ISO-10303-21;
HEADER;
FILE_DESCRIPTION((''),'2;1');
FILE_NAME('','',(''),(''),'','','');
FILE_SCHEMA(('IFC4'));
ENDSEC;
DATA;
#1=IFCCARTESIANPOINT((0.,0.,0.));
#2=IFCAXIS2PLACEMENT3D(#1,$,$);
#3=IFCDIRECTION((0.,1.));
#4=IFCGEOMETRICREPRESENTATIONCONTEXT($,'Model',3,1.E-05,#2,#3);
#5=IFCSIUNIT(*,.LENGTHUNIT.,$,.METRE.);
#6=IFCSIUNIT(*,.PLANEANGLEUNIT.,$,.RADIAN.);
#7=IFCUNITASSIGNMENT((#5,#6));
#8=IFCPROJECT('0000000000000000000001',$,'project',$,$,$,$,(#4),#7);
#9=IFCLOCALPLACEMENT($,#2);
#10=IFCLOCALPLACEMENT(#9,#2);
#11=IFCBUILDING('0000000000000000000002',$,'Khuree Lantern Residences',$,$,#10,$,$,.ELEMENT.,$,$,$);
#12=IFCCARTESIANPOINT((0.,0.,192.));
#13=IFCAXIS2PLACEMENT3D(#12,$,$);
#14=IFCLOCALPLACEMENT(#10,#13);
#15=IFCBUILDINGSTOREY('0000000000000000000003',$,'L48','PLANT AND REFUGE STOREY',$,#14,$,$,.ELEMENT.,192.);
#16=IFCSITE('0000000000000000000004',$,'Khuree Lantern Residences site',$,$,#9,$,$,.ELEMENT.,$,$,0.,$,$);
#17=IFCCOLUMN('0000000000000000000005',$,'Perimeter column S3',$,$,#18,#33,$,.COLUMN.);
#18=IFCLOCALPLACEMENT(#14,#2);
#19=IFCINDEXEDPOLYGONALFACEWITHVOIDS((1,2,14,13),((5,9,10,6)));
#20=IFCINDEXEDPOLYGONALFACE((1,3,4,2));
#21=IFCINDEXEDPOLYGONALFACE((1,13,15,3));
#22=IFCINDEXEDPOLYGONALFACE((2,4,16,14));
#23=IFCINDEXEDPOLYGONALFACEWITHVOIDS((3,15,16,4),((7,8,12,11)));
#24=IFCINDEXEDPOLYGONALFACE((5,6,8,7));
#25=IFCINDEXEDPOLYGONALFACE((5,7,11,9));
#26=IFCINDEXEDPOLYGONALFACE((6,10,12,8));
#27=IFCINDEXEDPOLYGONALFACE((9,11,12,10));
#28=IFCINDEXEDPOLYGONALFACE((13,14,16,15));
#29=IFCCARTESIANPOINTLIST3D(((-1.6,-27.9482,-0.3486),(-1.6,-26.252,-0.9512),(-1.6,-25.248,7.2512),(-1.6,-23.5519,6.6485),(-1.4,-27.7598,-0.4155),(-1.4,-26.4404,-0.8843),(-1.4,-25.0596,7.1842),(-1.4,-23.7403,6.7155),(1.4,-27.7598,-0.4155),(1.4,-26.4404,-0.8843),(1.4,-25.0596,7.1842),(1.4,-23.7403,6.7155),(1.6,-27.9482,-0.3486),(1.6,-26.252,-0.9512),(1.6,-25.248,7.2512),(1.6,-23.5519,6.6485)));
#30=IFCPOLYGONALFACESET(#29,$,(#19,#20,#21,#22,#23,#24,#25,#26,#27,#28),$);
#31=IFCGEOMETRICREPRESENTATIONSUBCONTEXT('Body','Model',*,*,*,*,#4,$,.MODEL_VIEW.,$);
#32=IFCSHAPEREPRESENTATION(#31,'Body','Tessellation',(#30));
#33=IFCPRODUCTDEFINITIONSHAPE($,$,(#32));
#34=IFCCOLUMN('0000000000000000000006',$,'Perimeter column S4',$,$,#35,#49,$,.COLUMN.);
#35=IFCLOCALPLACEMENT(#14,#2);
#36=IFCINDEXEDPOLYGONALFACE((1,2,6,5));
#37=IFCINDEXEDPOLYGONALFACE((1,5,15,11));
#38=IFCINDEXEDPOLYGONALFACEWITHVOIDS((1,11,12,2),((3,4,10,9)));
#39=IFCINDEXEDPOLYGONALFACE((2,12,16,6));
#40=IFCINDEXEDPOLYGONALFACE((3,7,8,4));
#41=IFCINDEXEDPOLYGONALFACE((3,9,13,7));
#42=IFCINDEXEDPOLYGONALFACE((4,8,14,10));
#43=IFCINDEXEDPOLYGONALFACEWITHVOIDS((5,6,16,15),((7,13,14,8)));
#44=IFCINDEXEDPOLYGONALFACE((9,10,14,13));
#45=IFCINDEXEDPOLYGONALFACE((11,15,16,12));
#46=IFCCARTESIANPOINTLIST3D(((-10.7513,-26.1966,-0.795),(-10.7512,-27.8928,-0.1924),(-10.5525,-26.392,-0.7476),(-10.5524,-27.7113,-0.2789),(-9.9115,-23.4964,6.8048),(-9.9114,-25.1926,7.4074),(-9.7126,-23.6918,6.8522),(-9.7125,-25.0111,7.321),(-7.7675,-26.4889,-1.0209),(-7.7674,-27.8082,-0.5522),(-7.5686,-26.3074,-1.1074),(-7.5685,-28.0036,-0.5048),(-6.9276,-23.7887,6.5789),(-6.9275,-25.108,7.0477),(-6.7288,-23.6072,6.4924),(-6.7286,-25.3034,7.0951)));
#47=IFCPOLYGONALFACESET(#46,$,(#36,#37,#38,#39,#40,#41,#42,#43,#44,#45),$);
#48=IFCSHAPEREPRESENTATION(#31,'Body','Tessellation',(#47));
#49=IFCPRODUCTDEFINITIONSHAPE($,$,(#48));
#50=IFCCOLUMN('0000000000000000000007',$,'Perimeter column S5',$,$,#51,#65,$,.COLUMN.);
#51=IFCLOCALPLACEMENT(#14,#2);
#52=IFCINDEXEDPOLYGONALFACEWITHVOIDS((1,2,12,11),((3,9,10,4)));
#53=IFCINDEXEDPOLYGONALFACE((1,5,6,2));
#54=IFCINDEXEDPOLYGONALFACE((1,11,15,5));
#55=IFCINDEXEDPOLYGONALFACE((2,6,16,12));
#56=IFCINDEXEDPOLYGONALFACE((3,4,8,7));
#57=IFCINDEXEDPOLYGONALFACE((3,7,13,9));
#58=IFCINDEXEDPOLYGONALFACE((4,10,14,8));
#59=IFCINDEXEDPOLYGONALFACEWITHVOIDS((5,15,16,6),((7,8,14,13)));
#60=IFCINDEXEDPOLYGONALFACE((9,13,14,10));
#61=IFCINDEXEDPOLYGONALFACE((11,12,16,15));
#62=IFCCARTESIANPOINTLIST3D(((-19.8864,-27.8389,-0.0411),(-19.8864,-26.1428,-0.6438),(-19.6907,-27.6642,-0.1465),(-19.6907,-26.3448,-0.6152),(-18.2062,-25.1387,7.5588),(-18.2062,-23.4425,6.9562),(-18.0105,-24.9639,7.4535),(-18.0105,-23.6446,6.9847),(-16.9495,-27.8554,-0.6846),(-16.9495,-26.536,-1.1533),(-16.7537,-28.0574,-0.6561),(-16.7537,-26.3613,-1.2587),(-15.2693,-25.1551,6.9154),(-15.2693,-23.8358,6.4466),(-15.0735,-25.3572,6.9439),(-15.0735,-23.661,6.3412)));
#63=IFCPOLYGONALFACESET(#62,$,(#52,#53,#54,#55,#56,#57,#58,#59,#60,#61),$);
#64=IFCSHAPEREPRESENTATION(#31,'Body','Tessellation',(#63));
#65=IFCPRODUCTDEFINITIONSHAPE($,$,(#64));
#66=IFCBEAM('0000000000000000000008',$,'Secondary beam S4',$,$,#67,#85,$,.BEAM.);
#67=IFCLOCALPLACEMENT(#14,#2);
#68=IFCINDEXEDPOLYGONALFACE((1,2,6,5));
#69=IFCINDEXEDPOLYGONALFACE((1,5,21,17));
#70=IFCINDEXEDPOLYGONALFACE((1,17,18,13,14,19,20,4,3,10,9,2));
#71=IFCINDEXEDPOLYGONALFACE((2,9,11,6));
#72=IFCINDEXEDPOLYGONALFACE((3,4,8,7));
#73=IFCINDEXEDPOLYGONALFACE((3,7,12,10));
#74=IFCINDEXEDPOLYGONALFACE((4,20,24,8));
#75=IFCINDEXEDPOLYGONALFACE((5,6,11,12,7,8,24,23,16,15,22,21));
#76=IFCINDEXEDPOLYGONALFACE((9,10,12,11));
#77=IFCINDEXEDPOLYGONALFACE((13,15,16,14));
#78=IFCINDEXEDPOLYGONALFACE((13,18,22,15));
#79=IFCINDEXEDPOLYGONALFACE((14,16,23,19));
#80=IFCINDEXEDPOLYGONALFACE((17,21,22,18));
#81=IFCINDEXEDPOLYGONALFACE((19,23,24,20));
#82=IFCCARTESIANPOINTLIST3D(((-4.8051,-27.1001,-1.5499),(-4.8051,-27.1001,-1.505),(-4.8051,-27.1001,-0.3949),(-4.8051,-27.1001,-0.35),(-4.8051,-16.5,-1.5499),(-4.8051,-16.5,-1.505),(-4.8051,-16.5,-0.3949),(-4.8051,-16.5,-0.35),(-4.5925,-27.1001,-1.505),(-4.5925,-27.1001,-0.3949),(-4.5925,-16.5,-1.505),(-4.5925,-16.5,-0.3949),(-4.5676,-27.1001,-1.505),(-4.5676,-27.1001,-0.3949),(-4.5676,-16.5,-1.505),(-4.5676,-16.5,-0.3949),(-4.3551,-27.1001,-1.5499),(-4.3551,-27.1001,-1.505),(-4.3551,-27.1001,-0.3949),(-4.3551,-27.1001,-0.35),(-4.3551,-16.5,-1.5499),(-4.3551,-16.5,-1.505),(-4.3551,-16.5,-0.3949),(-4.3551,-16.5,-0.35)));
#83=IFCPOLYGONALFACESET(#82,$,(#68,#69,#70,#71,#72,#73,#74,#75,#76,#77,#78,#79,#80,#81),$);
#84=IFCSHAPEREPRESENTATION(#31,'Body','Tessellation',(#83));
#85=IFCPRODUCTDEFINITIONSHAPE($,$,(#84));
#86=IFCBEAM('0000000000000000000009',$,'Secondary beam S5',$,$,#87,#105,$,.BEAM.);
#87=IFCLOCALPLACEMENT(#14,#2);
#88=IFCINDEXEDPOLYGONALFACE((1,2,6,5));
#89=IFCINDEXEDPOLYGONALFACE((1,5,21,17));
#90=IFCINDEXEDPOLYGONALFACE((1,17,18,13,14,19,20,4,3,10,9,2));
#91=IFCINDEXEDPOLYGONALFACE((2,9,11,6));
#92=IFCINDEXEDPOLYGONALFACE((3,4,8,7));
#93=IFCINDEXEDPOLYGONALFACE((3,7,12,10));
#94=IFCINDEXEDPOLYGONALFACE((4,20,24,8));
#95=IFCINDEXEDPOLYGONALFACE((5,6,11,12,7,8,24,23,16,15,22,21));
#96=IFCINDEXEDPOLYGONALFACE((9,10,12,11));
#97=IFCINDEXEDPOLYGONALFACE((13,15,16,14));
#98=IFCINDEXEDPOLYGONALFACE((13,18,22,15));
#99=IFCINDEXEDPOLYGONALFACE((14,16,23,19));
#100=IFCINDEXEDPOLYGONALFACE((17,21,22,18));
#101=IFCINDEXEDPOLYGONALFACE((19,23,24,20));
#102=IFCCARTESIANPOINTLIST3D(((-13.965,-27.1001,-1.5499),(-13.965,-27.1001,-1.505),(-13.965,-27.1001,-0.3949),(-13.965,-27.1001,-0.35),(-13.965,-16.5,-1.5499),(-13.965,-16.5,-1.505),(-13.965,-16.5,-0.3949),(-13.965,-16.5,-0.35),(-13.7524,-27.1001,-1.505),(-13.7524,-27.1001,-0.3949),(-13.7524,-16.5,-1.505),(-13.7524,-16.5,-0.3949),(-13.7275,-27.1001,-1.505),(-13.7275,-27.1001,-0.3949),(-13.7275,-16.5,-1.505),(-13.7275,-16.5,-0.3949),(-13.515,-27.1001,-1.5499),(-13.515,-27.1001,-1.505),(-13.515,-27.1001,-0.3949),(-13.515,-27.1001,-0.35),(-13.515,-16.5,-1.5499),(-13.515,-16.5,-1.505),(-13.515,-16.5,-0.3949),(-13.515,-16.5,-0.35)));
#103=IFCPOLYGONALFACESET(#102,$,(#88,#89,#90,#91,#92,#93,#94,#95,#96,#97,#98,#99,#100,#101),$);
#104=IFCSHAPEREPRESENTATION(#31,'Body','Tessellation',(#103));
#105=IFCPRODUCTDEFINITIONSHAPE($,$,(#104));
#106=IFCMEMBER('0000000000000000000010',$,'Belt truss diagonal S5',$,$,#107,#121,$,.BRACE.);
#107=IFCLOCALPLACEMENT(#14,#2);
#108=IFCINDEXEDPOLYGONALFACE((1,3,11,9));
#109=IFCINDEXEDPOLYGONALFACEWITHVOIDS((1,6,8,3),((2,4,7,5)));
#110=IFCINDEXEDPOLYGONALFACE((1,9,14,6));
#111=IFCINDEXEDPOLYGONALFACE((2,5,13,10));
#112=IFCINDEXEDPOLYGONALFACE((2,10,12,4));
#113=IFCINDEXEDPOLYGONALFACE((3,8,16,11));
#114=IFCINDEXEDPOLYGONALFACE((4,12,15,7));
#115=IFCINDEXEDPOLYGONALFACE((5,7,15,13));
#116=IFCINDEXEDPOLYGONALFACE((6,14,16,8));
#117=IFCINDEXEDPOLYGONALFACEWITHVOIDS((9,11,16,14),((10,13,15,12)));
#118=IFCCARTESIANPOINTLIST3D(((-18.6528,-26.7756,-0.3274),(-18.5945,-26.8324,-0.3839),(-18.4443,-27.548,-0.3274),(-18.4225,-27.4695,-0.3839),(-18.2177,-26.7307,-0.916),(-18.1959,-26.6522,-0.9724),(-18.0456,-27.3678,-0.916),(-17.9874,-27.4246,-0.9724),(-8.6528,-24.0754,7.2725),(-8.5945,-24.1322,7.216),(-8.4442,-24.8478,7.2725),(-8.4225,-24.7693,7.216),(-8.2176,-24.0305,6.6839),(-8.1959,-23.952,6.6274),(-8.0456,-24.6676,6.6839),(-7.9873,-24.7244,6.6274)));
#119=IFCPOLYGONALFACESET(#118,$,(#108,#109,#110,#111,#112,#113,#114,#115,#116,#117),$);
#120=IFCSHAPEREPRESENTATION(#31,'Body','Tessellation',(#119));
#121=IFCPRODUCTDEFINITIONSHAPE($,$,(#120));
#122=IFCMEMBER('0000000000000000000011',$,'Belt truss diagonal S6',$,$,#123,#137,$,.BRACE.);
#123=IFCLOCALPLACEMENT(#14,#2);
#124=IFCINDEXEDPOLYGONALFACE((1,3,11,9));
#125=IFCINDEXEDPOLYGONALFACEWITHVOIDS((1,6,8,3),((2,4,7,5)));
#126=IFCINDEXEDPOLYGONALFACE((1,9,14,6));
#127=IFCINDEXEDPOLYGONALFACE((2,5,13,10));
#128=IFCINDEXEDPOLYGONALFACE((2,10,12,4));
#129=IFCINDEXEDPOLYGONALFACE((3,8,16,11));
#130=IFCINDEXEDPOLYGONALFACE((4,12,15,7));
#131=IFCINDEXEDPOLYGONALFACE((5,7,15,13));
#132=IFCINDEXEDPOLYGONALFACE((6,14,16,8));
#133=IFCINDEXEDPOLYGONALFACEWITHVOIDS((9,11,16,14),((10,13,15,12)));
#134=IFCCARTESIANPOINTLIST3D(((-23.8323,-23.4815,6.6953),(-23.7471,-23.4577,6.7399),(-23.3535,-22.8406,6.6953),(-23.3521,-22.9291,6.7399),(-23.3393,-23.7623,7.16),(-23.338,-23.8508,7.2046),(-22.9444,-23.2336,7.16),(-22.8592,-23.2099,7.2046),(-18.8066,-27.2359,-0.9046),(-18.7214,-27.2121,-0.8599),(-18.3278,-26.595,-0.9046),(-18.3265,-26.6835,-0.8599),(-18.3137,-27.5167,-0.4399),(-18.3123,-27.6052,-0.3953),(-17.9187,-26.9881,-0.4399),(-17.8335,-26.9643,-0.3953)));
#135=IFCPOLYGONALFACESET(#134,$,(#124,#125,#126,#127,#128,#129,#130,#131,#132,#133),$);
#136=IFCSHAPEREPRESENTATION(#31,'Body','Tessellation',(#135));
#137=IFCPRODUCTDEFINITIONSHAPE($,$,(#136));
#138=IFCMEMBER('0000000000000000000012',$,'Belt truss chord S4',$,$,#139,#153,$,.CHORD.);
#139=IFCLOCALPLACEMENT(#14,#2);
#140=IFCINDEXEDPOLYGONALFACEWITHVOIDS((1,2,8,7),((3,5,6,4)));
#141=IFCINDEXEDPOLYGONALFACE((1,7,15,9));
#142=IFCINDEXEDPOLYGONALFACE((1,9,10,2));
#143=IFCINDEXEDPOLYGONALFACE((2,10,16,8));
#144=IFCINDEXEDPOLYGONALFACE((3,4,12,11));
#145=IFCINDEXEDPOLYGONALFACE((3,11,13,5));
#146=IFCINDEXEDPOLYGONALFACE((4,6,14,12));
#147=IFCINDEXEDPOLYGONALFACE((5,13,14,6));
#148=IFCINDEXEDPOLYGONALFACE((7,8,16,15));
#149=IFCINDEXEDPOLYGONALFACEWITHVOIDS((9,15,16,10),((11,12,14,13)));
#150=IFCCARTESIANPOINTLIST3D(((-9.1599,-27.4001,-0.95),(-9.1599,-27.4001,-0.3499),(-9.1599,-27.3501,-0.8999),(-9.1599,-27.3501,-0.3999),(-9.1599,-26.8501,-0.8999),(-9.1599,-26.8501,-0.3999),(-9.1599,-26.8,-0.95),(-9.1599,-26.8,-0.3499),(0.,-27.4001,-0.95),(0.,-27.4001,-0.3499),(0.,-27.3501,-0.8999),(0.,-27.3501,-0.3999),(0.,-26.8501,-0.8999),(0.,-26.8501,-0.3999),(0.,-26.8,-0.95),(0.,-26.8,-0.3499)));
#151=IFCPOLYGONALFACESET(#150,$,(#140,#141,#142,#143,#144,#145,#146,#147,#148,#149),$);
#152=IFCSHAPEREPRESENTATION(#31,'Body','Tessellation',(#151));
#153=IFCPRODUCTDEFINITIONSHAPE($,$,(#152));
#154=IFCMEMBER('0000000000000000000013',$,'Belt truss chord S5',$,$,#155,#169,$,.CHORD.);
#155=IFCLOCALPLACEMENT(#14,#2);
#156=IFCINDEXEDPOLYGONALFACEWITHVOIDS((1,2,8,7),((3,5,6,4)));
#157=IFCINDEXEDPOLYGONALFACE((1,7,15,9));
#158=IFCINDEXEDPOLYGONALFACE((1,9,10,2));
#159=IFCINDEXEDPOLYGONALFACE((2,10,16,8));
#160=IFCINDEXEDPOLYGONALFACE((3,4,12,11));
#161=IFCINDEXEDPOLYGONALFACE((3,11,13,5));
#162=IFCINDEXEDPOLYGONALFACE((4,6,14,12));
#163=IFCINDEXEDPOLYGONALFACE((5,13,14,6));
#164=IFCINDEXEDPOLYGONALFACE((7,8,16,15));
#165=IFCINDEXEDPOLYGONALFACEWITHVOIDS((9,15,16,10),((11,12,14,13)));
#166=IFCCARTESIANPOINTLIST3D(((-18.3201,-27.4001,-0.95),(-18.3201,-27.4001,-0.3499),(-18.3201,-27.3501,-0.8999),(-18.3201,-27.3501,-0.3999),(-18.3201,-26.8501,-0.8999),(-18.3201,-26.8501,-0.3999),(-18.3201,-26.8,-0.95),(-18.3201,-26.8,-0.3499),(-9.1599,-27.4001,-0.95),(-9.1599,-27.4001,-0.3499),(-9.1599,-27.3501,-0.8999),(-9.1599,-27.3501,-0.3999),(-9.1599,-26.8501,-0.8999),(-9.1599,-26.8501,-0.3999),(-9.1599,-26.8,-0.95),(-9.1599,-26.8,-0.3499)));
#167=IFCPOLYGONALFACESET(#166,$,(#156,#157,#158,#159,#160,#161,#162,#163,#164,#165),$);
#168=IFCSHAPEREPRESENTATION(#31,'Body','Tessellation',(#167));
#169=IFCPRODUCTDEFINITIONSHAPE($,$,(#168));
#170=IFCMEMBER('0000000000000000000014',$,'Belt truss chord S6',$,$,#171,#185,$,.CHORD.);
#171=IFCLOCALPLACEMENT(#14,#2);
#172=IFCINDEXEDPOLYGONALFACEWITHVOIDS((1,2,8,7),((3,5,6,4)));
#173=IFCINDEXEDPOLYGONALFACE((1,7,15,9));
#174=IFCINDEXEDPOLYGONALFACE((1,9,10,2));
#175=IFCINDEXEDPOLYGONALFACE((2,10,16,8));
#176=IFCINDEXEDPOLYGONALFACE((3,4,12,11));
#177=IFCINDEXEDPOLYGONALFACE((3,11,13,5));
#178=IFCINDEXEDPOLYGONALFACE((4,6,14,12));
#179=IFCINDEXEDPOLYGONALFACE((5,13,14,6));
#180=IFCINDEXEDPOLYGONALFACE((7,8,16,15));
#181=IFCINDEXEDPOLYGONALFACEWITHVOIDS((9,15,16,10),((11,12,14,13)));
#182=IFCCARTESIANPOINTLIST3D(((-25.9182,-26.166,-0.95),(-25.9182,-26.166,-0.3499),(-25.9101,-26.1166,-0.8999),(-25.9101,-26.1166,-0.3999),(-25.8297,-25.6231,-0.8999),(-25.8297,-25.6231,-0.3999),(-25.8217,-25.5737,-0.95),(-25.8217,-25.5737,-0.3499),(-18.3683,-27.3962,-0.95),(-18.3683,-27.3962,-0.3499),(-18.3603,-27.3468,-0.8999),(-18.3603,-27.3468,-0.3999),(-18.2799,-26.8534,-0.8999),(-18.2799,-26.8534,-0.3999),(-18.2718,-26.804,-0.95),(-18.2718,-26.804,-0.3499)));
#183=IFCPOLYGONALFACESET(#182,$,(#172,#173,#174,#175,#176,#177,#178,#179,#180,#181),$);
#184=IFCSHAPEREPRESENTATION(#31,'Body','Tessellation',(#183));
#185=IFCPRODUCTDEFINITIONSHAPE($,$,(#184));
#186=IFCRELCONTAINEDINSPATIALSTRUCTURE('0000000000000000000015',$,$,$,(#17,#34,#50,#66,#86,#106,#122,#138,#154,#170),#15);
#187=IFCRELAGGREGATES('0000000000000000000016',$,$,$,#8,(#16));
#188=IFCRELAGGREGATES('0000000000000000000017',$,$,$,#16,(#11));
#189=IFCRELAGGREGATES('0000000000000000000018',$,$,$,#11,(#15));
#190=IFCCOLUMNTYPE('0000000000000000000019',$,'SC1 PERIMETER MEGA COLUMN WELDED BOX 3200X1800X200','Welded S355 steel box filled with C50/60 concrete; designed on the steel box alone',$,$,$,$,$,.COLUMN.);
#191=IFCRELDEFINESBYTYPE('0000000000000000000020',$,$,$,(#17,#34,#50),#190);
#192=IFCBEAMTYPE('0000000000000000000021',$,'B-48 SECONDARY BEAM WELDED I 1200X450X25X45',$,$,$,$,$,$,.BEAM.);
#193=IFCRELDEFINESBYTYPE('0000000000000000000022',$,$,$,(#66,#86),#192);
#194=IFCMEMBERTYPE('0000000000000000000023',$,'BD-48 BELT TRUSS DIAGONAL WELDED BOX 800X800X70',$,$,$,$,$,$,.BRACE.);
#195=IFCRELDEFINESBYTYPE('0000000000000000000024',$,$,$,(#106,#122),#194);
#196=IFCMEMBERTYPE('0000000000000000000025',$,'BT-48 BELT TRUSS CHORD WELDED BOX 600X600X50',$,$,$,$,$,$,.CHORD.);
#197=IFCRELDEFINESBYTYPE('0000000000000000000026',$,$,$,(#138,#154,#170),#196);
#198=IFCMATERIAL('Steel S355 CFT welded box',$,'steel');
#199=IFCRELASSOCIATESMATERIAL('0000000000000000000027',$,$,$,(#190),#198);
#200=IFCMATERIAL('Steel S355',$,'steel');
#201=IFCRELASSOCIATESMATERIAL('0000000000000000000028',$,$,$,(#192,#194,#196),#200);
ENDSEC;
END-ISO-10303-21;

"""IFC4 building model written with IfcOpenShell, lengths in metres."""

from ifc_helpers import new_model, si_unit, direction, frame, origin, origin_2d, place, context, subcontext, project, spatial, hollow_rectangle, i_section, extrude, material, material_profile, profile_set, type_object, element, save


model = new_model("IFC4")

# Units and contexts
model_context = context("Model", 3, precision=1e-05, world=origin(), true_north=direction((0.0, 1.0)))
body_context = subcontext(model_context, "Body", "Model", "MODEL_VIEW")
ifc_project = project(units=[si_unit("LENGTHUNIT", "METRE"), si_unit("PLANEANGLEUNIT", "RADIAN")], contexts=[model_context])

# Site, building, storey
site_placement = place(None, origin())
site = spatial("IfcSite", under=ifc_project, at=site_placement, Name="Khuree Lantern Residences site", CompositionType="ELEMENT", RefElevation=0.0)
building_placement = place(site_placement, origin())
building = spatial("IfcBuilding", under=site, at=building_placement, Name="Khuree Lantern Residences", CompositionType="ELEMENT")
storey_placement = place(building_placement, frame((0.0, 0.0, 192.0)))
storey = spatial("IfcBuildingStorey", under=building, at=storey_placement, Name="L48", Description="PLANT AND REFUGE STOREY", CompositionType="ELEMENT", Elevation=192.0)

# Columns
ifc_material_1 = material(Name="Steel S355 CFT welded box", Category="steel")
ifc_material_profile_1 = material_profile(ifc_material_1, hollow_rectangle(XDim=3.2, YDim=1.8, WallThickness=0.2, at=origin_2d()), Name="WELDED BOX 3200X1800X200")
ifc_profile_set_1 = profile_set([ifc_material_profile_1], Name="Steel S355 CFT welded box")
column_type = type_object("IfcColumnType", Name="SC1 PERIMETER MEGA COLUMN WELDED BOX 3200X1800X200", Description="Welded S355 steel box filled with C50/60 concrete; designed on the steel box alone", PredefinedType="COLUMN", material=ifc_profile_set_1)
column_1_placement = place(storey_placement, frame((0.0, -27.1001, -0.6499), z_axis=(0.0, 0.334792, 0.942292), x_axis=(1.0, 0.0, 0.0)))
element("IfcColumn", 1, at=column_1_placement, inside=storey, type_object=column_type, Name="Perimeter column S3", PredefinedType="COLUMN", context=body_context, shape_type="SweptSolid", body=[
    extrude(hollow_rectangle(XDim=3.2, YDim=1.8, WallThickness=0.2, at=origin_2d()), origin(), (0.0, 0.0, 1.0), 8.0652),
])
column_2_placement = place(storey_placement, frame((-9.1599, -27.1001, -0.6499), z_axis=(0.103571, 0.332992, 0.937224), x_axis=(0.994622, -0.034607, -0.097618)))
element("IfcColumn", 2, at=column_2_placement, inside=storey, type_object=column_type, Name="Perimeter column S4", PredefinedType="COLUMN", context=body_context, shape_type="SweptSolid", body=[
    extrude(hollow_rectangle(XDim=3.2, YDim=1.8, WallThickness=0.2, at=origin_2d()), origin(), (0.0, 0.0, 1.0), 8.1089),
])
column_3_placement = place(storey_placement, frame((-18.3201, -27.1001, -0.6499), z_axis=(0.203944, 0.327756, 0.922487), x_axis=(0.978983, -0.068286, -0.192172)))
element("IfcColumn", 3, at=column_3_placement, inside=storey, type_object=column_type, Name="Perimeter column S5", PredefinedType="COLUMN", context=body_context, shape_type="SweptSolid", body=[
    extrude(hollow_rectangle(XDim=3.2, YDim=1.8, WallThickness=0.2, at=origin_2d()), origin(), (0.0, 0.0, 1.0), 8.2385),
])

# Beams
ifc_material_2 = material(Name="Steel S355", Category="steel")
ifc_material_profile_2 = material_profile(ifc_material_2, i_section(OverallWidth=0.45, OverallDepth=1.2, WebThickness=0.0249, FlangeThickness=0.0449, at=origin_2d()), Name="WELDED I 1200X450X25X45")
ifc_profile_set_2 = profile_set([ifc_material_profile_2], Name="Steel S355")
beam_type_1 = type_object("IfcBeamType", Name="B-48 SECONDARY BEAM WELDED I 1200X450X25X45", PredefinedType="BEAM", material=ifc_profile_set_2)
for number, where, z_axis, x_axis, name in (
    (4, (-4.5801, -27.1001, -0.95), (0.0, 1.0, 0.0), (-1.0, 0.0, 0.0), "Secondary beam S4"),
    (5, (-13.74, -27.1001, -0.95), (0.0, 1.0, 0.0), (-1.0, 0.0, 0.0), "Secondary beam S5"),
):
    element("IfcBeam", number, at=place(storey_placement, frame(where, z_axis=z_axis, x_axis=x_axis)), inside=storey, type_object=beam_type_1, Name=name, PredefinedType="BEAM", context=body_context, shape_type="SweptSolid", body=[
        extrude(i_section(OverallWidth=0.45, OverallDepth=1.2, WebThickness=0.0249, FlangeThickness=0.0449, at=origin_2d()), origin(), (0.0, 0.0, 1.0), 10.6001),
    ])

# Members
ifc_material_profile_3 = material_profile(ifc_material_2, hollow_rectangle(XDim=0.8, YDim=0.8, WallThickness=0.0701, at=origin_2d()), Name="WELDED BOX 800X800X70")
ifc_profile_set_3 = profile_set([ifc_material_profile_3], Name="Steel S355")
member_type_1 = type_object("IfcMemberType", Name="BD-48 BELT TRUSS DIAGONAL WELDED BOX 800X800X70", PredefinedType="BRACE", material=ifc_profile_set_3)
member_1_placement = place(storey_placement, frame((-8.3201, -24.3999, 6.95), z_axis=(-0.778384, -0.210179, -0.59156), x_axis=(0.260683, -0.965424, 0.0)))
element("IfcMember", 6, at=member_1_placement, inside=storey, type_object=member_type_1, Name="Belt truss diagonal S5", PredefinedType="BRACE", context=body_context, shape_type="SweptSolid", body=[
    extrude(hollow_rectangle(XDim=0.8, YDim=0.8, WallThickness=0.0701, at=origin_2d()), origin(), (0.0, 0.0, 1.0), 12.8472),
])
member_2_placement = place(storey_placement, frame((-18.3201, -27.1001, -0.6499), z_axis=(-0.509986, 0.380985, 0.77121), x_axis=(-0.598486, -0.801133, 0.0)))
element("IfcMember", 7, at=member_2_placement, inside=storey, type_object=member_type_1, Name="Belt truss diagonal S6", PredefinedType="BRACE", context=body_context, shape_type="SweptSolid", body=[
    extrude(hollow_rectangle(XDim=0.8, YDim=0.8, WallThickness=0.0701, at=origin_2d()), origin(), (0.0, 0.0, 1.0), 9.8545),
])
ifc_material_profile_4 = material_profile(ifc_material_2, hollow_rectangle(XDim=0.6001, YDim=0.6001, WallThickness=0.05, at=origin_2d()), Name="WELDED BOX 600X600X50")
ifc_profile_set_4 = profile_set([ifc_material_profile_4], Name="Steel S355")
member_type_2 = type_object("IfcMemberType", Name="BT-48 BELT TRUSS CHORD WELDED BOX 600X600X50", PredefinedType="CHORD", material=ifc_profile_set_4)
member_3_placement = place(storey_placement, frame((0.0, -27.1001, -0.6499), z_axis=(-1.0, 0.0, 0.0), x_axis=(0.0, -1.0, 0.0)))
element("IfcMember", 8, at=member_3_placement, inside=storey, type_object=member_type_2, Name="Belt truss chord S4", PredefinedType="CHORD", context=body_context, shape_type="SweptSolid", body=[
    extrude(hollow_rectangle(XDim=0.6001, YDim=0.6001, WallThickness=0.05, at=origin_2d()), origin(), (0.0, 0.0, 1.0), 9.1599),
])
member_4_placement = place(storey_placement, frame((-9.1599, -27.1001, -0.6499), z_axis=(-1.0, 0.0, 0.0), x_axis=(0.0, -1.0, 0.0)))
element("IfcMember", 9, at=member_4_placement, inside=storey, type_object=member_type_2, Name="Belt truss chord S5", PredefinedType="CHORD", context=body_context, shape_type="SweptSolid", body=[
    extrude(hollow_rectangle(XDim=0.6001, YDim=0.6001, WallThickness=0.05, at=origin_2d()), origin(), (0.0, 0.0, 1.0), 9.1602),
])
member_5_placement = place(storey_placement, frame((-18.3201, -27.1001, -0.6499), z_axis=(-0.986983, 0.160827, 0.0), x_axis=(-0.160827, -0.986983, 0.0)))
element("IfcMember", 10, at=member_5_placement, inside=storey, type_object=member_type_2, Name="Belt truss chord S6", PredefinedType="CHORD", context=body_context, shape_type="SweptSolid", body=[
    extrude(hollow_rectangle(XDim=0.6001, YDim=0.6001, WallThickness=0.05, at=origin_2d()), origin(), (0.0, 0.0, 1.0), 7.6494),
])

save(model, "model.ifc")
